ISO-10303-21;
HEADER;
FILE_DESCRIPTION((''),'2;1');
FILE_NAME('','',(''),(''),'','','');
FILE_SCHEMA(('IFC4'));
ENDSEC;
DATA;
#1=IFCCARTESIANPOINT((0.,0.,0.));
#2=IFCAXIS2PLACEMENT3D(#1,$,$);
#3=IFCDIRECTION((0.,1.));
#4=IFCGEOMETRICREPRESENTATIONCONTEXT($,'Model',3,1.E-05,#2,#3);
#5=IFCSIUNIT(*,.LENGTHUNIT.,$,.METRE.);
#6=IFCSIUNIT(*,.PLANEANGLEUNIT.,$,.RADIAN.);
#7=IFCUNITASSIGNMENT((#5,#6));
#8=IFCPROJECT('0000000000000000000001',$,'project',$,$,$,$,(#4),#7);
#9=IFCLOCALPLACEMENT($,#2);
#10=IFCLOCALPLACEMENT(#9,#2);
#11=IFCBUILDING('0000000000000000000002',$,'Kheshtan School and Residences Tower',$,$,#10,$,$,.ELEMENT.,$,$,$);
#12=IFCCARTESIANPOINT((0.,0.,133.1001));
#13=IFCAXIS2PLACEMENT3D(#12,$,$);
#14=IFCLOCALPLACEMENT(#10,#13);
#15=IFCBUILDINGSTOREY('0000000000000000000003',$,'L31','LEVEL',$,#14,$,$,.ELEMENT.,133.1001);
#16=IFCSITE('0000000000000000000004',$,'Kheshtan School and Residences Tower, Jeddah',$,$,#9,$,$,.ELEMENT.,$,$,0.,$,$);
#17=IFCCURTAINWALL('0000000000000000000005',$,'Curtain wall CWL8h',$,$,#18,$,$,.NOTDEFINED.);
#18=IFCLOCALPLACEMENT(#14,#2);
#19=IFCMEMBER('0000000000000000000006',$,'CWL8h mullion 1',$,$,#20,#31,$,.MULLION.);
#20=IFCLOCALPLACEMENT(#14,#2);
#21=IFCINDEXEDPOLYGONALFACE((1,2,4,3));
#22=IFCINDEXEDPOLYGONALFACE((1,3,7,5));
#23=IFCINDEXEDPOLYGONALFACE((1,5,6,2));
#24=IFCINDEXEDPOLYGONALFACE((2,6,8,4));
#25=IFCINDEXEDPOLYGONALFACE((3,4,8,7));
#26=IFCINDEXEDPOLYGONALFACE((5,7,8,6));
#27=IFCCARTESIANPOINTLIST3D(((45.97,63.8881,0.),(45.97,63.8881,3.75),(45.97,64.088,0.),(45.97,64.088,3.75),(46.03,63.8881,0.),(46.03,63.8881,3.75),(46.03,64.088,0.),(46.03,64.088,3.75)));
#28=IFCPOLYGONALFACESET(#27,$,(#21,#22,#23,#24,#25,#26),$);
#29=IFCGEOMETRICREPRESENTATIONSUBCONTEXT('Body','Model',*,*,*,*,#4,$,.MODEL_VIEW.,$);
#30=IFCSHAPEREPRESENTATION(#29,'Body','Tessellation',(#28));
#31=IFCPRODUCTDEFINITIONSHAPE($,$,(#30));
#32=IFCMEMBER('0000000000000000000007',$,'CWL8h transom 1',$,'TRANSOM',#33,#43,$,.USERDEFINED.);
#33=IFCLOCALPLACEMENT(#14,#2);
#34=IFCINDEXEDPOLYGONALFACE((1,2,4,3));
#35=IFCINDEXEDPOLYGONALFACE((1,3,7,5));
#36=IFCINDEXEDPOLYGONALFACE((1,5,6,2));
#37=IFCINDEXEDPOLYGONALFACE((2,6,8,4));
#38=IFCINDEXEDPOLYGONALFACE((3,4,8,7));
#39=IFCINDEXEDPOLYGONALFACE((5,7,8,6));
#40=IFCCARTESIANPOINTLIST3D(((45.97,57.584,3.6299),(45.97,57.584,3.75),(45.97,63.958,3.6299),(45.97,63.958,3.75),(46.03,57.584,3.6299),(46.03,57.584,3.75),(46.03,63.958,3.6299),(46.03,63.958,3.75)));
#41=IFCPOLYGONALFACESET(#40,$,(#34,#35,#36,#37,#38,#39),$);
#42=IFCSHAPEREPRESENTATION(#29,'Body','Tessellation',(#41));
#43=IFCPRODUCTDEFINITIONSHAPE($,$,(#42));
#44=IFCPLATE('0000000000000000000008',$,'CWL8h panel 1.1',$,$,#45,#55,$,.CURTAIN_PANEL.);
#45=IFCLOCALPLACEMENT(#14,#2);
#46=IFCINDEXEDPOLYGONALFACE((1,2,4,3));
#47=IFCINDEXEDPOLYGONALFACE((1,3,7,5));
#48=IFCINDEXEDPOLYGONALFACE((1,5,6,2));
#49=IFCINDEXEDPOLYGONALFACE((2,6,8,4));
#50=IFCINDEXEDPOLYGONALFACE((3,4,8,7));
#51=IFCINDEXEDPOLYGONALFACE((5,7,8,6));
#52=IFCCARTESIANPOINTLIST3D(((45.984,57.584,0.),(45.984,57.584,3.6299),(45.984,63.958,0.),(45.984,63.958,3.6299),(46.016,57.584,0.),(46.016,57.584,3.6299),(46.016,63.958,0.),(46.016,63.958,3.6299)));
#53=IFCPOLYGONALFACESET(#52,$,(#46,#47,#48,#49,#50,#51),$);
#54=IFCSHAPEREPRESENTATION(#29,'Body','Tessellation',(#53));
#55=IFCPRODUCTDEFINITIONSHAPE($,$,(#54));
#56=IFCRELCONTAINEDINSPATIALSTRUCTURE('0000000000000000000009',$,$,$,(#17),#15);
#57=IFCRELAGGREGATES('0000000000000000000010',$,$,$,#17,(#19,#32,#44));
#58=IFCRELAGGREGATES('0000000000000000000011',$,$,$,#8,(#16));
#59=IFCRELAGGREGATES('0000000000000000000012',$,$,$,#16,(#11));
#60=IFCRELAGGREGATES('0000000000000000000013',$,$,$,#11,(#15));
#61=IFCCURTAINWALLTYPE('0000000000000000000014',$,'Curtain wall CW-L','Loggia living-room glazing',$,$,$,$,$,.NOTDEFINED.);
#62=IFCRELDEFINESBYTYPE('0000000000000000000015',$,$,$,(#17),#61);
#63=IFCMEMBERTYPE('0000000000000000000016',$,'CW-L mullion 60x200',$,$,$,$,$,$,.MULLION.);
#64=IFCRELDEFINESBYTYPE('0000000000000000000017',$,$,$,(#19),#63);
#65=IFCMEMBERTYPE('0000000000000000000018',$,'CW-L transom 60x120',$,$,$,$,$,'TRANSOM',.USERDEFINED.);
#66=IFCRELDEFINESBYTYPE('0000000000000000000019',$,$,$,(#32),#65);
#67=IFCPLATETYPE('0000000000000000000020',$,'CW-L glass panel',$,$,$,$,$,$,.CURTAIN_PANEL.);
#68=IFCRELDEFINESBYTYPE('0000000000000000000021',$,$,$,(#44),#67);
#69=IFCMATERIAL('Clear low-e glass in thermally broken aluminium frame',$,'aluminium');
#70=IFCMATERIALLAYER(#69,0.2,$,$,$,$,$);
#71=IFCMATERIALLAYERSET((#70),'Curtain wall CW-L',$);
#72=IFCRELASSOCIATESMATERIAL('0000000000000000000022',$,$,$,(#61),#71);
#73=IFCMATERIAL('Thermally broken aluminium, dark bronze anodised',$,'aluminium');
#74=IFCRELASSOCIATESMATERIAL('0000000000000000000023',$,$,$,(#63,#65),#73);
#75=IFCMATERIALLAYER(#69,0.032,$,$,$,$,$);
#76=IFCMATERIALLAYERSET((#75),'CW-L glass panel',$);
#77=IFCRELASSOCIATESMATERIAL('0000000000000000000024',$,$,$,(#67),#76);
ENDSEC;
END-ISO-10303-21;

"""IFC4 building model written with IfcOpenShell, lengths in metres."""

from ifc_helpers import new_model, si_unit, direction, frame, origin, origin_2d, place, context, subcontext, project, spatial, rectangle, extrude, material, layer, layer_set, material_profile, profile_set, type_object, element, aggregate, save


model = new_model("IFC4")

# Units and contexts
model_context = context("Model", 3, precision=1e-05, world=origin(), true_north=direction((0.0, 1.0)))
body_context = subcontext(model_context, "Body", "Model", "MODEL_VIEW")
ifc_project = project(units=[si_unit("LENGTHUNIT", "METRE"), si_unit("PLANEANGLEUNIT", "RADIAN")], contexts=[model_context])

# Site, building, storey
site_placement = place(None, origin())
site = spatial("IfcSite", under=ifc_project, at=site_placement, Name="Kheshtan School and Residences Tower, Jeddah", CompositionType="ELEMENT", RefElevation=0.0)
building_placement = place(site_placement, origin())
building = spatial("IfcBuilding", under=site, at=building_placement, Name="Kheshtan School and Residences Tower", CompositionType="ELEMENT")
storey_placement = place(building_placement, frame((0.0, 0.0, 133.1001)))
storey = spatial("IfcBuildingStorey", under=building, at=storey_placement, Name="L31", Description="LEVEL", CompositionType="ELEMENT", Elevation=133.1001)

# Curtain wall, members, plate
ifc_material_1 = material(Name="Clear low-e glass in thermally broken aluminium frame", Category="aluminium")
ifc_layer_1 = layer(ifc_material_1, 0.2)
ifc_layer_set_1 = layer_set([ifc_layer_1], Name="Curtain wall CW-L")
curtain_wall_type = type_object("IfcCurtainWallType", Name="Curtain wall CW-L", Description="Loggia living-room glazing", PredefinedType="NOTDEFINED", material=ifc_layer_set_1)
curtain_wall_placement = place(storey_placement, origin())
curtain_wall = element("IfcCurtainWall", 1, at=curtain_wall_placement, inside=storey, type_object=curtain_wall_type, Name="Curtain wall CWL8h", PredefinedType="NOTDEFINED")
ifc_material_2 = material(Name="Thermally broken aluminium, dark bronze anodised", Category="aluminium")
ifc_material_profile_1 = material_profile(ifc_material_2, rectangle(XDim=0.0601, YDim=0.2, at=origin_2d()), Name="CW-L mullion 60x200")
ifc_profile_set_1 = profile_set([ifc_material_profile_1], Name="Thermally broken aluminium, dark bronze anodised")
member_type_1 = type_object("IfcMemberType", Name="CW-L mullion 60x200", PredefinedType="MULLION", material=ifc_profile_set_1)
member_1_placement = place(storey_placement, frame((46.0, 63.988, 0.0), z_axis=(0.0, 0.0, 1.0), x_axis=(1.0, 0.0, 0.0)))
member_1 = element("IfcMember", 2, at=member_1_placement, type_object=member_type_1, Name="CWL8h mullion 1", PredefinedType="MULLION", context=body_context, shape_type="SweptSolid", body=[
    extrude(rectangle(XDim=0.0601, YDim=0.2, at=origin_2d()), origin(), (0.0, 0.0, 1.0), 3.75),
])
ifc_material_profile_2 = material_profile(ifc_material_2, rectangle(XDim=0.0601, YDim=0.1201, at=origin_2d()), Name="CW-L transom 60x120")
ifc_profile_set_2 = profile_set([ifc_material_profile_2], Name="Thermally broken aluminium, dark bronze anodised")
member_type_2 = type_object("IfcMemberType", Name="CW-L transom 60x120", ElementType="TRANSOM", PredefinedType="USERDEFINED", material=ifc_profile_set_2)
member_2_placement = place(storey_placement, frame((46.0, 63.958, 3.6899), z_axis=(0.0, -1.0, 0.0), x_axis=(1.0, 0.0, 0.0)))
member_2 = element("IfcMember", 3, at=member_2_placement, type_object=member_type_2, Name="CWL8h transom 1", ObjectType="TRANSOM", PredefinedType="USERDEFINED", context=body_context, shape_type="SweptSolid", body=[
    extrude(rectangle(XDim=0.0601, YDim=0.1201, at=origin_2d()), origin(), (0.0, 0.0, 1.0), 6.374),
])
ifc_layer_2 = layer(ifc_material_1, 0.032)
ifc_layer_set_2 = layer_set([ifc_layer_2], Name="CW-L glass panel")
plate_type = type_object("IfcPlateType", Name="CW-L glass panel", PredefinedType="CURTAIN_PANEL", material=ifc_layer_set_2)
plate_placement = place(storey_placement, frame((46.0, 60.771, 0.0), z_axis=(0.0, 0.0, 1.0), x_axis=(0.0, -1.0, 0.0)))
plate = element("IfcPlate", 4, at=plate_placement, type_object=plate_type, Name="CWL8h panel 1.1", PredefinedType="CURTAIN_PANEL", context=body_context, shape_type="SweptSolid", body=[
    extrude(rectangle(XDim=6.374, YDim=0.032, at=origin_2d()), origin(), (0.0, 0.0, 1.0), 3.6299),
])
aggregate(curtain_wall, [member_1, member_2, plate])

save(model, "model.ifc")
